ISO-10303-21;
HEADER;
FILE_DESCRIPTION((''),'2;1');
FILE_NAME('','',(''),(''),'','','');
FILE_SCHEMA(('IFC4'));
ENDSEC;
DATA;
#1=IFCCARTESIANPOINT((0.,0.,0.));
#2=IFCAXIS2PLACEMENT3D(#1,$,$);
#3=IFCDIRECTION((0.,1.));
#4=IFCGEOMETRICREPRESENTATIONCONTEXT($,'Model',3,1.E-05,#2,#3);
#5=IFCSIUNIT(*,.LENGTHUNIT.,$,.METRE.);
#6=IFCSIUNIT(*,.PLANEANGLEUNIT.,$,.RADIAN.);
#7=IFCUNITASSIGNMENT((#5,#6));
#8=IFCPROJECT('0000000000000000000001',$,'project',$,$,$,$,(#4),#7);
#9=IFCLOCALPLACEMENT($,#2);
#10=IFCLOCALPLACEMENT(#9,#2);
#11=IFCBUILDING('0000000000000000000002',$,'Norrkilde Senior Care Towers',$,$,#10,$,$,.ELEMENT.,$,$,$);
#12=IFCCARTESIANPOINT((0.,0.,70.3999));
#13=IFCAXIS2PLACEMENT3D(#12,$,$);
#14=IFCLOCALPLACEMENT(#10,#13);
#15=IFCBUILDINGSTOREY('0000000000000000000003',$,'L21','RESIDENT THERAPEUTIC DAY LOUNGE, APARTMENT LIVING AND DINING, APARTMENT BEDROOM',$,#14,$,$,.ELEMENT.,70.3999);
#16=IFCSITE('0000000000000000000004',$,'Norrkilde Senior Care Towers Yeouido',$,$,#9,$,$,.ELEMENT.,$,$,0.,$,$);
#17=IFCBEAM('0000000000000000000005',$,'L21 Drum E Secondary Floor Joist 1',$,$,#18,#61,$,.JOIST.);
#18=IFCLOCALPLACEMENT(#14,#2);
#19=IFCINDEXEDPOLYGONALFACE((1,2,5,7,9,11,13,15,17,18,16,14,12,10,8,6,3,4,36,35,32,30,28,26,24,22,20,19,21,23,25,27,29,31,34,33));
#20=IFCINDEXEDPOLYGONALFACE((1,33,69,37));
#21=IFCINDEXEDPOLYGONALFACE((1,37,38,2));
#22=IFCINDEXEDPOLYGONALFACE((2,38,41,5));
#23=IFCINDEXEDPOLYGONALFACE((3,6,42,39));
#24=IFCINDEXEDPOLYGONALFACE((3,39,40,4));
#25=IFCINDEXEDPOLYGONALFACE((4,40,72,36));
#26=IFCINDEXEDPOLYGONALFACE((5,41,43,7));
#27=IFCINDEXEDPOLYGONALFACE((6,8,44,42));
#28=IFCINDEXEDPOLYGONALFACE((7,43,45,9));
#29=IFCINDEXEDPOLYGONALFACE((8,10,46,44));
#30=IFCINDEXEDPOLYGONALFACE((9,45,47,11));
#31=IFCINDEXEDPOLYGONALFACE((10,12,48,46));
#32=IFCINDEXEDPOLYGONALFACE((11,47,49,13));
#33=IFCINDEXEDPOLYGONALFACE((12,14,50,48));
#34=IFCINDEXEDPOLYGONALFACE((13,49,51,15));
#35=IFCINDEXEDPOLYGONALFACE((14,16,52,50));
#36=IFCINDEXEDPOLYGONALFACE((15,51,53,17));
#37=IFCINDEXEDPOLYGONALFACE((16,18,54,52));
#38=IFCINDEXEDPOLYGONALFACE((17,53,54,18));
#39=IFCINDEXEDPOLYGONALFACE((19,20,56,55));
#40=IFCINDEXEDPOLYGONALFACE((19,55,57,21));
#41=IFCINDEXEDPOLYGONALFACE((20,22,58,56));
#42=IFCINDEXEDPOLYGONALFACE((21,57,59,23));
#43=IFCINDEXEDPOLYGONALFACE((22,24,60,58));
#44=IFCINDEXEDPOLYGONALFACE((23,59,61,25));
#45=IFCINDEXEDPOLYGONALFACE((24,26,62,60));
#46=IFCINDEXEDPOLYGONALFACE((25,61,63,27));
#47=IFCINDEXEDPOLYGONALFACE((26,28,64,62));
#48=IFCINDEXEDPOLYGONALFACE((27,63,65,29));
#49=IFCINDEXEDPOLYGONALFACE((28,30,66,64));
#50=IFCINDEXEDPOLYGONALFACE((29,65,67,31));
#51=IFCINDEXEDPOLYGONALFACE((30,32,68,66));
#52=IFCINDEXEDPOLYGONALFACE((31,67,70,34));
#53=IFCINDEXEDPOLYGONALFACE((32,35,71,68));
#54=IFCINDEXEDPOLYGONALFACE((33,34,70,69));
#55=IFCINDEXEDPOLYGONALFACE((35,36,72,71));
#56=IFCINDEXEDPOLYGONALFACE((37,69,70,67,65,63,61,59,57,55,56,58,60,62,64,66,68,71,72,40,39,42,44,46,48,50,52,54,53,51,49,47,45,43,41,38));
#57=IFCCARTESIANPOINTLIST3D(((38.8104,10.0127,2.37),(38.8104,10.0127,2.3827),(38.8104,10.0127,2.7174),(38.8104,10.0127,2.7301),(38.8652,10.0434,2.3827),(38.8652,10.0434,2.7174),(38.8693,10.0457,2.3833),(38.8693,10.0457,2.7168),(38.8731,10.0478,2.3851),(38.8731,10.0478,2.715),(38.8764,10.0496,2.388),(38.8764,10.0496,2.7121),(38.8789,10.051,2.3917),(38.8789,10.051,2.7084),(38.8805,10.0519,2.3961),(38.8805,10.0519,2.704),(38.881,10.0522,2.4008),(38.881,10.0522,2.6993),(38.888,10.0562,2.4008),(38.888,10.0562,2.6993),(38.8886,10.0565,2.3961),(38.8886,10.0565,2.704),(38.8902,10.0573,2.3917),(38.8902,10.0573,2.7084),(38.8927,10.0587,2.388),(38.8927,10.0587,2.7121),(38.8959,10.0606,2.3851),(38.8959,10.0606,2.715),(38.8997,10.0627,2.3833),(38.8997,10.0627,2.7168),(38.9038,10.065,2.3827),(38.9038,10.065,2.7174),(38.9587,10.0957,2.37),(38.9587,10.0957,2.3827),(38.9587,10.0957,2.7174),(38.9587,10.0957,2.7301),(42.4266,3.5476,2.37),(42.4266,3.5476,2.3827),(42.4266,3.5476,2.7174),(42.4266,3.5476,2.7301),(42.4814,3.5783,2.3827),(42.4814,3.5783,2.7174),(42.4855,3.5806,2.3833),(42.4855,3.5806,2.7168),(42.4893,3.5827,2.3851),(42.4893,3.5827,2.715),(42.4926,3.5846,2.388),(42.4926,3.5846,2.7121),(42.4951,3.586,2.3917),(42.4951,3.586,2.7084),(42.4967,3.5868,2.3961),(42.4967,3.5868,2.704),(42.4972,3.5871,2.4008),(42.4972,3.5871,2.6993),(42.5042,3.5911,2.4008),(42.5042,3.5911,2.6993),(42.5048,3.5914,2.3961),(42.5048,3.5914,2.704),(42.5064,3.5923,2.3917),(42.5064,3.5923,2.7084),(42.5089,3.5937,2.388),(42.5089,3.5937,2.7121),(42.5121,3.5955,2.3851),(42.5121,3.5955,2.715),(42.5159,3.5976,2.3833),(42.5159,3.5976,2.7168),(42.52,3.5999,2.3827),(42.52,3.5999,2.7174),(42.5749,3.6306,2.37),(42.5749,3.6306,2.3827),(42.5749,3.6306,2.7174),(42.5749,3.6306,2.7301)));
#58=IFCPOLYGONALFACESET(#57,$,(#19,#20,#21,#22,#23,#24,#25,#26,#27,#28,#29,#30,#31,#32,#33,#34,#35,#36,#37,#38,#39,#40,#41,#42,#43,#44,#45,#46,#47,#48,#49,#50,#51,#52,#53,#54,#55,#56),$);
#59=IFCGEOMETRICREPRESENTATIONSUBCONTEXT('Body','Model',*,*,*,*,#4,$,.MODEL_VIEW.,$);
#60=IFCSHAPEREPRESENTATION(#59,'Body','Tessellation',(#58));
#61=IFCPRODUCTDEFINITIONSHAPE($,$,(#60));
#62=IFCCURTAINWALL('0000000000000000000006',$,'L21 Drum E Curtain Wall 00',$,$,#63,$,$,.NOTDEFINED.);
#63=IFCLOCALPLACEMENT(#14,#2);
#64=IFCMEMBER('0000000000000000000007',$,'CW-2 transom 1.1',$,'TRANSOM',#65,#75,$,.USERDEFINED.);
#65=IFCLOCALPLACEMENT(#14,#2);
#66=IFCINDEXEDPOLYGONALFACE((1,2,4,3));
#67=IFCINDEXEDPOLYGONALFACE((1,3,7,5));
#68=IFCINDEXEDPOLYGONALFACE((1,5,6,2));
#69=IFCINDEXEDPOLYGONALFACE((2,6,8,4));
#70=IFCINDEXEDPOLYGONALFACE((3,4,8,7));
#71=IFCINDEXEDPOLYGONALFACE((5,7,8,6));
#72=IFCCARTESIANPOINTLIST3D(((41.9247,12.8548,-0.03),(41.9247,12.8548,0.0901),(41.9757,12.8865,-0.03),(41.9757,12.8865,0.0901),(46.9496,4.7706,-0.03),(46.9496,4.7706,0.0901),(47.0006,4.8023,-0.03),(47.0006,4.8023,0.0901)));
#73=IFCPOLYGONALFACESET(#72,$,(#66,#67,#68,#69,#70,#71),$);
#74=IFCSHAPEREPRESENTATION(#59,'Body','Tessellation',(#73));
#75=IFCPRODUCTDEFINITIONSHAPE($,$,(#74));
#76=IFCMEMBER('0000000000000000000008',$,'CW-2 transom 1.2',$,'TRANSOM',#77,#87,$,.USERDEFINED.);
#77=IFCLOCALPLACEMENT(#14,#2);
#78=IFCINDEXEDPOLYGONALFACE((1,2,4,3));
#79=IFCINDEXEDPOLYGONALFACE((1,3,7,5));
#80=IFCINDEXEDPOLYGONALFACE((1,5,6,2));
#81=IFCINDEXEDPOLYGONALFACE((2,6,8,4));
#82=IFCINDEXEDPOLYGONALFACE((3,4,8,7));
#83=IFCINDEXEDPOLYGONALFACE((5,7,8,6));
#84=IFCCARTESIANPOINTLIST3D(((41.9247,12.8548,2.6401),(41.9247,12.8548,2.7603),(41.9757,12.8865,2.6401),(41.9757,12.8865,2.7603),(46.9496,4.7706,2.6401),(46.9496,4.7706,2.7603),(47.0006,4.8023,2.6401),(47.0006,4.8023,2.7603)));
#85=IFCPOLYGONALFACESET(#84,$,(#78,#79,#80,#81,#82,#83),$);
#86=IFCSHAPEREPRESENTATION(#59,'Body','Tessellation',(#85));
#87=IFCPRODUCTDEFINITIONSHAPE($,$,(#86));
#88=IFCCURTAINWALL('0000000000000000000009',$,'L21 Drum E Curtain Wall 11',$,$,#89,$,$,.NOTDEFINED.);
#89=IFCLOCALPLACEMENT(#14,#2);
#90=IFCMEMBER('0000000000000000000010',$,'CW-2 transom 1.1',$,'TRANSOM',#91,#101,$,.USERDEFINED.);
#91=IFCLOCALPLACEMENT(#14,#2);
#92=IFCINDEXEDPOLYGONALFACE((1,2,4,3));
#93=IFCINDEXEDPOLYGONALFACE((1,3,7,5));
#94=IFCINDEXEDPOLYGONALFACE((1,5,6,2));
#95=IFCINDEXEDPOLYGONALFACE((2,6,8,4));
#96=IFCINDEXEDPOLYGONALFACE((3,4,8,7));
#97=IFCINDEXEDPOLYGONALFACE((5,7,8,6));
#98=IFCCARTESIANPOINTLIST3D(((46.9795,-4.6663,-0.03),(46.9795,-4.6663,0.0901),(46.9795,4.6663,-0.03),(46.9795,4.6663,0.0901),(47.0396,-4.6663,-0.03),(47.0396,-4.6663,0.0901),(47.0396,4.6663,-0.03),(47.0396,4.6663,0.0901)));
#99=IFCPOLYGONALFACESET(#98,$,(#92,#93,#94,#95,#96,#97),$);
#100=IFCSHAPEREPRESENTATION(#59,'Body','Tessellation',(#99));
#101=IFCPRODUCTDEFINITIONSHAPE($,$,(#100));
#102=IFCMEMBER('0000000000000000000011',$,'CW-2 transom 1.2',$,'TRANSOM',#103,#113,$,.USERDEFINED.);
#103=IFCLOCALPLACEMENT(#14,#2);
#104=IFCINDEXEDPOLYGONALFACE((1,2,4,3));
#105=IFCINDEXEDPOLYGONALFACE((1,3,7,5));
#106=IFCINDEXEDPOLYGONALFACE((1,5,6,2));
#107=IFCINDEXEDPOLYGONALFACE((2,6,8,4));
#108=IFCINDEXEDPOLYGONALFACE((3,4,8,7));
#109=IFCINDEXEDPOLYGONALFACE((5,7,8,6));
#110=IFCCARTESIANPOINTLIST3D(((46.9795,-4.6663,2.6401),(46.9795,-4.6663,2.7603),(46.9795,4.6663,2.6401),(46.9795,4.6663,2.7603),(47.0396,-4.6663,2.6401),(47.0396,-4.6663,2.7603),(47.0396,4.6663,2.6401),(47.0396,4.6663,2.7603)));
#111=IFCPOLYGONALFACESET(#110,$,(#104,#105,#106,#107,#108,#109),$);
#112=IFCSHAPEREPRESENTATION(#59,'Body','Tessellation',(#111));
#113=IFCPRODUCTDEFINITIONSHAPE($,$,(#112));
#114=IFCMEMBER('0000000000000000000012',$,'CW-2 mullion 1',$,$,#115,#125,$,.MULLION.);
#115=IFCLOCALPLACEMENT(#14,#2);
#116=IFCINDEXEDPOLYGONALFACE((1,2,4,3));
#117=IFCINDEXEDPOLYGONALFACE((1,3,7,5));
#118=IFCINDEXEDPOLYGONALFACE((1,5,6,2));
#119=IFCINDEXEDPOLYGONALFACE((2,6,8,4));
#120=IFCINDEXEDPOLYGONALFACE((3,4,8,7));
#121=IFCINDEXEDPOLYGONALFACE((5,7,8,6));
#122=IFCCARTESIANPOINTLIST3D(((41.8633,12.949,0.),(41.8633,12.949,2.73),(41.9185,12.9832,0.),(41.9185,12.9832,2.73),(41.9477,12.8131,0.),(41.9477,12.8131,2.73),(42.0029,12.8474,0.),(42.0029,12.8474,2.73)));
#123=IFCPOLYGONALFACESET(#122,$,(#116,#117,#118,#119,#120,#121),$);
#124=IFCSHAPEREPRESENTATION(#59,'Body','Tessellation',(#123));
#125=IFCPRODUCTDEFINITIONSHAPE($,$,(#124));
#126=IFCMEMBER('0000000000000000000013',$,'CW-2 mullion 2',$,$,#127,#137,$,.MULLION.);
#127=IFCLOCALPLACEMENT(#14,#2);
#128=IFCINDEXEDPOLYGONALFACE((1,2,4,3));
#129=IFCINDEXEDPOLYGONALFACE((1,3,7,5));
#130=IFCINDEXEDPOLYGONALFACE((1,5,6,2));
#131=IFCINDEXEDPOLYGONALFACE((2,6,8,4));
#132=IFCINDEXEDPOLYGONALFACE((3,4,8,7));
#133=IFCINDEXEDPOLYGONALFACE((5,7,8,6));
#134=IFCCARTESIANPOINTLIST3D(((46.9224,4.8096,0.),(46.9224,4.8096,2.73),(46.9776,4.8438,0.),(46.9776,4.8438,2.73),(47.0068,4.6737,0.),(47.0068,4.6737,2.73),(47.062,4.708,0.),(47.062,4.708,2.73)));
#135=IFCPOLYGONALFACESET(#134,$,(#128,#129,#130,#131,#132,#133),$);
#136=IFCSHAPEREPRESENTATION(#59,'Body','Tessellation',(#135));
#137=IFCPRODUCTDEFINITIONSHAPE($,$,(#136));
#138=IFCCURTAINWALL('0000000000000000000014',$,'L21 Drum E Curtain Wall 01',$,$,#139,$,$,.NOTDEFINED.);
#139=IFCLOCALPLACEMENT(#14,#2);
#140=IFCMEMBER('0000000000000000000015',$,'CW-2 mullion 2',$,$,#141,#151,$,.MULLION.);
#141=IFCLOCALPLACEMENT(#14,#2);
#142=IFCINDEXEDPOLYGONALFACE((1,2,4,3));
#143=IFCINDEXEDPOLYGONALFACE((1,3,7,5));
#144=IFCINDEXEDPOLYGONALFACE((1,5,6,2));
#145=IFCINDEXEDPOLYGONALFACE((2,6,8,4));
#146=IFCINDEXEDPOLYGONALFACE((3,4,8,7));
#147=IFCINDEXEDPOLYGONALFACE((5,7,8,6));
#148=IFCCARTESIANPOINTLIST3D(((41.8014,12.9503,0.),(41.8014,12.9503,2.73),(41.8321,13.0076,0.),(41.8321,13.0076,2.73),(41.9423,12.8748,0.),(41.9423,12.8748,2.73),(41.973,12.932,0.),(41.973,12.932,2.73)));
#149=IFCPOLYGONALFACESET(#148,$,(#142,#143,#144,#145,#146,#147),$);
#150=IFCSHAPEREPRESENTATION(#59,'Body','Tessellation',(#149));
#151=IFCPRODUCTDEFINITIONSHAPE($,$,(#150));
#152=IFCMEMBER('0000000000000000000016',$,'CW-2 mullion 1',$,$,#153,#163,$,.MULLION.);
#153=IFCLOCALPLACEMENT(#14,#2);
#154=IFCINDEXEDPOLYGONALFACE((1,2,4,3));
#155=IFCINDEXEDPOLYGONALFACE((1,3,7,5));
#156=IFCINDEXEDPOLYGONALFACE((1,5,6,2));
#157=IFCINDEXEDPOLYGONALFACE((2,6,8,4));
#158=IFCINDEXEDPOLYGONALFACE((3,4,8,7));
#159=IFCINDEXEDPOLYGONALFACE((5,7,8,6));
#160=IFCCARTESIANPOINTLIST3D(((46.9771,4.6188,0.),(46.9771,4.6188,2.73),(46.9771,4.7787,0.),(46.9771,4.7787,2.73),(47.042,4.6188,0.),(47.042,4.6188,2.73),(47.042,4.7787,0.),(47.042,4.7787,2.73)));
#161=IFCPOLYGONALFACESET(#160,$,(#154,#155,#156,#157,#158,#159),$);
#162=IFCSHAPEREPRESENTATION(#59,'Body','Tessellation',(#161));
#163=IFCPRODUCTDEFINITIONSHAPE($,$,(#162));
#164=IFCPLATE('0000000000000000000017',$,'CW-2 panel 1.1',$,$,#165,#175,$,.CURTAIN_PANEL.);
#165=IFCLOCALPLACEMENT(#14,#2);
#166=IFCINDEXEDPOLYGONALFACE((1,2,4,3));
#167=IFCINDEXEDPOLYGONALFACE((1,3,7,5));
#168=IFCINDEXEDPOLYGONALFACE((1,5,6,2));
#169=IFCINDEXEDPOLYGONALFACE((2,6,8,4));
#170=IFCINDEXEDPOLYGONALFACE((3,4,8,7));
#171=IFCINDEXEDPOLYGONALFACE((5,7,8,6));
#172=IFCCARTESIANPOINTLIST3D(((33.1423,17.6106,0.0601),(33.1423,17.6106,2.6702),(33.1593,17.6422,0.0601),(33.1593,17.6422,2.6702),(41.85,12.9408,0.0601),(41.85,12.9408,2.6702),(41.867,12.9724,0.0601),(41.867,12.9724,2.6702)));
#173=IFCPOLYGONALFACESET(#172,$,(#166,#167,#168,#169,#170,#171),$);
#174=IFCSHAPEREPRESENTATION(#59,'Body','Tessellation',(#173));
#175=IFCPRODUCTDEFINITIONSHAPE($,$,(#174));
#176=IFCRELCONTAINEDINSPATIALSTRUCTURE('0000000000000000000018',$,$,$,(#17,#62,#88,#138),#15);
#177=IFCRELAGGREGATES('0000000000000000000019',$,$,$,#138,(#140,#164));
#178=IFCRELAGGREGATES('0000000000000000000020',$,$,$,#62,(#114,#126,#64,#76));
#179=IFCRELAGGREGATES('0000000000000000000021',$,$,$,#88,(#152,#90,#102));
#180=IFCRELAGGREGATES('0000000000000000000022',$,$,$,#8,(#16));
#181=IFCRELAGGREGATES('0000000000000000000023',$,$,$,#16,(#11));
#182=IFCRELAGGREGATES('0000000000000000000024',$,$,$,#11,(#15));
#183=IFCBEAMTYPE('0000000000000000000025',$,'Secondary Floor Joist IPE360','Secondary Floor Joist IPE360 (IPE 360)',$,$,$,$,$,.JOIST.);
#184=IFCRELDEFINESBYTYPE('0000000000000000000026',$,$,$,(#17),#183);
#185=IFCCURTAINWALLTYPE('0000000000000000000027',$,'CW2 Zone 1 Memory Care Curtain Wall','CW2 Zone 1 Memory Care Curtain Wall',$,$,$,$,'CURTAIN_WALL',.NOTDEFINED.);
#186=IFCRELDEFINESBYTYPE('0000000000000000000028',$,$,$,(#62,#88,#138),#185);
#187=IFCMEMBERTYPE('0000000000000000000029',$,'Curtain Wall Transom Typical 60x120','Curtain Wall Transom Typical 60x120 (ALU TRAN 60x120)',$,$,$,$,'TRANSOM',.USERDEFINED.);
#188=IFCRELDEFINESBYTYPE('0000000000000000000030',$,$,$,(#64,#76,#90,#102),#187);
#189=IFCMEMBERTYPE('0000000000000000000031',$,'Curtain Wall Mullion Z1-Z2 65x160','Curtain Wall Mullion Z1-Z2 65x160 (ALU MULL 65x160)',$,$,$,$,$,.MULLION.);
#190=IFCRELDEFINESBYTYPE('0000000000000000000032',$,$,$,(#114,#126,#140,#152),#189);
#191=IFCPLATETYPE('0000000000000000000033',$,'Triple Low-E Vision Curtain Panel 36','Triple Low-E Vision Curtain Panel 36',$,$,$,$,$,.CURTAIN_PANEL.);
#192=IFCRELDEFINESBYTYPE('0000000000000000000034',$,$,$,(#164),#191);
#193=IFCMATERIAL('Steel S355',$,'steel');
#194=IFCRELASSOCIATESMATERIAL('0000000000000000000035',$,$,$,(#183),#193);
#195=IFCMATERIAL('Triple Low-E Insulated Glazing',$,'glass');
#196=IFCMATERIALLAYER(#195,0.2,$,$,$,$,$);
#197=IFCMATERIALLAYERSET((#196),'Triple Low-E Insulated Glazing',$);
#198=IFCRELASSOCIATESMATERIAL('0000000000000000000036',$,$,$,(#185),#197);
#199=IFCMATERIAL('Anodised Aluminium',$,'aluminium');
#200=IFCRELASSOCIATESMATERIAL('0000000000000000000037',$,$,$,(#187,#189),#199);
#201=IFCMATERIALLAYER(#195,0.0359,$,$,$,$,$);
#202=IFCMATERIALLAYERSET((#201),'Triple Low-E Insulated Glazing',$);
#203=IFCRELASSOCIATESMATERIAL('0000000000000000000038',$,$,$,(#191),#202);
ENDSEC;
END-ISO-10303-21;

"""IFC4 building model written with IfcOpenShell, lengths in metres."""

from ifc_helpers import new_model, si_unit, direction, frame, origin, origin_2d, place, context, subcontext, project, spatial, rectangle, i_section, extrude, source, transform, mapped, material, layer, layer_set, material_profile, profile_set, type_object, type_shapes, element, aggregate, save


model = new_model("IFC4")

# Units and contexts
model_context = context("Model", 3, precision=1e-05, world=origin(), true_north=direction((0.0, 1.0)))
body_context = subcontext(model_context, "Body", "Model", "MODEL_VIEW")
ifc_project = project(units=[si_unit("LENGTHUNIT", "METRE"), si_unit("PLANEANGLEUNIT", "RADIAN")], contexts=[model_context])

# Site, building, storey
site_placement = place(None, origin())
site = spatial("IfcSite", under=ifc_project, at=site_placement, Name="Norrkilde Senior Care Towers Yeouido", CompositionType="ELEMENT", RefElevation=0.0)
building_placement = place(site_placement, origin())
building = spatial("IfcBuilding", under=site, at=building_placement, Name="Norrkilde Senior Care Towers", CompositionType="ELEMENT")
storey_placement = place(building_placement, frame((0.0, 0.0, 70.3999)))
storey = spatial("IfcBuildingStorey", under=building, at=storey_placement, Name="L21", Description="RESIDENT THERAPEUTIC DAY LOUNGE, APARTMENT LIVING AND DINING, APARTMENT BEDROOM", CompositionType="ELEMENT", Elevation=70.3999)

# Beam
ifc_material_1 = material(Name="Steel S355", Category="steel")
ifc_material_profile_1 = material_profile(ifc_material_1, i_section(OverallWidth=0.1699, OverallDepth=0.3601, WebThickness=0.0081, FlangeThickness=0.0127, FilletRadius=0.0181, at=origin_2d()), Name="IPE 360")
ifc_profile_set_1 = profile_set([ifc_material_profile_1], Name="Steel S355")
beam_type_1 = type_object("IfcBeamType", Name="Secondary Floor Joist IPE360", Description="Secondary Floor Joist IPE360 (IPE 360)", PredefinedType="JOIST", material=ifc_profile_set_1)
shared_shape_1 = source(origin(), body_context, "Body", "SweptSolid", [
    extrude(i_section(OverallWidth=0.1699, OverallDepth=0.3601, WebThickness=0.0081, FlangeThickness=0.0127, FilletRadius=0.0181, at=origin_2d()), origin(), (0.0, 0.0, 1.0), 7.4077),
])
type_shapes(beam_type_1, [shared_shape_1])
beam_1_placement = place(storey_placement, frame((42.5007, 3.5891, 2.55), z_axis=(-0.488168, 0.87275, 0.0), x_axis=(-0.87275, -0.488168, 0.0)))
element("IfcBeam", 1, at=beam_1_placement, inside=storey, type_object=beam_type_1, Name="L21 Drum E Secondary Floor Joist 1", PredefinedType="JOIST", context=body_context, shape_type="MappedRepresentation", body=[
    mapped(shared_shape_1, transform((0.0, 0.0, 0.0), x_axis=(1.0, 0.0, 0.0), y_axis=(0.0, 1.0, 0.0), z_axis=(0.0, 0.0, 1.0), scale=1.0)),
])

# Curtain walls, members
ifc_material_2 = material(Name="Triple Low-E Insulated Glazing", Category="glass")
ifc_layer_1 = layer(ifc_material_2, 0.2)
ifc_layer_set_1 = layer_set([ifc_layer_1], Name="Triple Low-E Insulated Glazing")
curtain_wall_type = type_object("IfcCurtainWallType", Name="CW2 Zone 1 Memory Care Curtain Wall", Description="CW2 Zone 1 Memory Care Curtain Wall", ElementType="CURTAIN_WALL", PredefinedType="NOTDEFINED", material=ifc_layer_set_1)
curtain_wall_1_placement = place(storey_placement, origin())
curtain_wall_1 = element("IfcCurtainWall", 2, at=curtain_wall_1_placement, inside=storey, type_object=curtain_wall_type, Name="L21 Drum E Curtain Wall 00", PredefinedType="NOTDEFINED")
ifc_material_3 = material(Name="Anodised Aluminium", Category="aluminium")
ifc_material_profile_2 = material_profile(ifc_material_3, rectangle(XDim=0.0601, YDim=0.1201, at=origin_2d()), Name="ALU TRAN 60x120")
ifc_profile_set_2 = profile_set([ifc_material_profile_2], Name="Anodised Aluminium")
member_type_1 = type_object("IfcMemberType", Name="Curtain Wall Transom Typical 60x120", Description="Curtain Wall Transom Typical 60x120 (ALU TRAN 60x120)", ElementType="TRANSOM", PredefinedType="USERDEFINED", material=ifc_profile_set_2)
shared_shape_2 = source(origin(), body_context, "Body", "SweptSolid", [
    extrude(rectangle(XDim=0.0601, YDim=0.1201, at=origin_2d()), origin(), (0.0, 0.0, 1.0), 9.5186),
])
member_1_placement = place(storey_placement, frame((41.9502, 12.8706, 0.03), z_axis=(0.527902, -0.849306, 0.0), x_axis=(0.849306, 0.527902, 0.0)))
member_1 = element("IfcMember", 3, at=member_1_placement, type_object=member_type_1, Name="CW-2 transom 1.1", ObjectType="TRANSOM", PredefinedType="USERDEFINED", context=body_context, shape_type="MappedRepresentation", body=[
    mapped(shared_shape_2, transform((0.0, 0.0, 0.0), x_axis=(1.0, 0.0, 0.0), y_axis=(0.0, 1.0, 0.0), z_axis=(0.0, 0.0, 1.0), scale=1.0)),
])
member_2_placement = place(storey_placement, frame((41.9502, 12.8706, 2.7002), z_axis=(0.527902, -0.849306, 0.0), x_axis=(0.849306, 0.527902, 0.0)))
member_2 = element("IfcMember", 4, at=member_2_placement, type_object=member_type_1, Name="CW-2 transom 1.2", ObjectType="TRANSOM", PredefinedType="USERDEFINED", context=body_context, shape_type="MappedRepresentation", body=[
    mapped(shared_shape_2, transform((0.0, 0.0, 0.0), x_axis=(1.0, 0.0, 0.0), y_axis=(0.0, 1.0, 0.0), z_axis=(0.0, 0.0, 1.0), scale=1.0)),
])
curtain_wall_2_placement = place(storey_placement, origin())
curtain_wall_2 = element("IfcCurtainWall", 5, at=curtain_wall_2_placement, inside=storey, type_object=curtain_wall_type, Name="L21 Drum E Curtain Wall 11", PredefinedType="NOTDEFINED")
shared_shape_3 = source(origin(), body_context, "Body", "SweptSolid", [
    extrude(rectangle(XDim=0.0601, YDim=0.1201, at=origin_2d()), origin(), (0.0, 0.0, 1.0), 9.3325),
])
type_shapes(member_type_1, [shared_shape_2, shared_shape_3])
member_3_placement = place(storey_placement, frame((47.0095, 4.6663, 0.03), z_axis=(0.0, -1.0, 0.0), x_axis=(1.0, 0.0, 0.0)))
member_3 = element("IfcMember", 6, at=member_3_placement, type_object=member_type_1, Name="CW-2 transom 1.1", ObjectType="TRANSOM", PredefinedType="USERDEFINED", context=body_context, shape_type="MappedRepresentation", body=[
    mapped(shared_shape_3, transform((0.0, 0.0, 0.0), x_axis=(1.0, 0.0, 0.0), y_axis=(0.0, 1.0, 0.0), z_axis=(0.0, 0.0, 1.0), scale=1.0)),
])
member_4_placement = place(storey_placement, frame((47.0095, 4.6663, 2.7002), z_axis=(0.0, -1.0, 0.0), x_axis=(1.0, 0.0, 0.0)))
member_4 = element("IfcMember", 7, at=member_4_placement, type_object=member_type_1, Name="CW-2 transom 1.2", ObjectType="TRANSOM", PredefinedType="USERDEFINED", context=body_context, shape_type="MappedRepresentation", body=[
    mapped(shared_shape_3, transform((0.0, 0.0, 0.0), x_axis=(1.0, 0.0, 0.0), y_axis=(0.0, 1.0, 0.0), z_axis=(0.0, 0.0, 1.0), scale=1.0)),
])

# Members
ifc_material_profile_3 = material_profile(ifc_material_3, rectangle(XDim=0.0649, YDim=0.1599, at=origin_2d()), Name="ALU MULL 65x160")
ifc_profile_set_3 = profile_set([ifc_material_profile_3], Name="Anodised Aluminium")
member_type_2 = type_object("IfcMemberType", Name="Curtain Wall Mullion Z1-Z2 65x160", Description="Curtain Wall Mullion Z1-Z2 65x160 (ALU MULL 65x160)", PredefinedType="MULLION", material=ifc_profile_set_3)
shared_shape_4 = source(origin(), body_context, "Body", "SweptSolid", [
    extrude(rectangle(XDim=0.0649, YDim=0.1599, at=origin_2d()), origin(), (0.0, 0.0, 1.0), 2.73),
])
type_shapes(member_type_2, [shared_shape_4])
member_5_placement = place(storey_placement, frame((41.9331, 12.8982, 0.0), z_axis=(0.0, 0.0, 1.0), x_axis=(0.849306, 0.527901, 0.0)))
member_5 = element("IfcMember", 8, at=member_5_placement, type_object=member_type_2, Name="CW-2 mullion 1", PredefinedType="MULLION", context=body_context, shape_type="MappedRepresentation", body=[
    mapped(shared_shape_4, transform((0.0, 0.0, 0.0), x_axis=(1.0, 0.0, 0.0), y_axis=(0.0, 1.0, 0.0), z_axis=(0.0, 0.0, 1.0), scale=1.0)),
])
member_6_placement = place(storey_placement, frame((46.9922, 4.7588, 0.0), z_axis=(0.0, 0.0, 1.0), x_axis=(0.849306, 0.527901, 0.0)))
member_6 = element("IfcMember", 9, at=member_6_placement, type_object=member_type_2, Name="CW-2 mullion 2", PredefinedType="MULLION", context=body_context, shape_type="MappedRepresentation", body=[
    mapped(shared_shape_4, transform((0.0, 0.0, 0.0), x_axis=(1.0, 0.0, 0.0), y_axis=(0.0, 1.0, 0.0), z_axis=(0.0, 0.0, 1.0), scale=1.0)),
])

# Curtain wall, member
curtain_wall_3_placement = place(storey_placement, origin())
curtain_wall_3 = element("IfcCurtainWall", 10, at=curtain_wall_3_placement, inside=storey, type_object=curtain_wall_type, Name="L21 Drum E Curtain Wall 01", PredefinedType="NOTDEFINED")
member_7_placement = place(storey_placement, frame((41.8872, 12.9412, 0.0), z_axis=(0.0, 0.0, 1.0), x_axis=(0.472608, 0.881273, 0.0)))
member_7 = element("IfcMember", 11, at=member_7_placement, type_object=member_type_2, Name="CW-2 mullion 2", PredefinedType="MULLION", context=body_context, shape_type="MappedRepresentation", body=[
    mapped(shared_shape_4, transform((0.0, 0.0, 0.0), x_axis=(1.0, 0.0, 0.0), y_axis=(0.0, 1.0, 0.0), z_axis=(0.0, 0.0, 1.0), scale=1.0)),
])

# Member
member_8_placement = place(storey_placement, frame((47.0095, 4.6987, 0.0), z_axis=(0.0, 0.0, 1.0), x_axis=(1.0, 0.0, 0.0)))
member_8 = element("IfcMember", 12, at=member_8_placement, type_object=member_type_2, Name="CW-2 mullion 1", PredefinedType="MULLION", context=body_context, shape_type="MappedRepresentation", body=[
    mapped(shared_shape_4, transform((0.0, 0.0, 0.0), x_axis=(1.0, 0.0, 0.0), y_axis=(0.0, 1.0, 0.0), z_axis=(0.0, 0.0, 1.0), scale=1.0)),
])

# Plate
ifc_layer_2 = layer(ifc_material_2, 0.0359)
ifc_layer_set_2 = layer_set([ifc_layer_2], Name="Triple Low-E Insulated Glazing")
plate_type = type_object("IfcPlateType", Name="Triple Low-E Vision Curtain Panel 36", Description="Triple Low-E Vision Curtain Panel 36", PredefinedType="CURTAIN_PANEL", material=ifc_layer_set_2)
shared_shape_5 = source(origin(), body_context, "Body", "SweptSolid", [
    extrude(rectangle(XDim=9.8809, YDim=0.0359, at=origin_2d()), origin(), (0.0, 0.0, 1.0), 2.6101),
])
plate_1_placement = place(storey_placement, frame((37.5046, 15.2915, 0.0601), z_axis=(0.0, 0.0, 1.0), x_axis=(0.881273, -0.472608, 0.0)))
plate_1 = element("IfcPlate", 13, at=plate_1_placement, type_object=plate_type, Name="CW-2 panel 1.1", PredefinedType="CURTAIN_PANEL", context=body_context, shape_type="MappedRepresentation", body=[
    mapped(shared_shape_5, transform((0.0, 0.0, 0.0), x_axis=(1.0, 0.0, 0.0), y_axis=(0.0, 1.0, 0.0), z_axis=(0.0, 0.0, 1.0), scale=1.0)),
])
aggregate(curtain_wall_3, [member_7, plate_1])
aggregate(curtain_wall_1, [member_5, member_6, member_1, member_2])
aggregate(curtain_wall_2, [member_8, member_3, member_4])

save(model, "model.ifc")
